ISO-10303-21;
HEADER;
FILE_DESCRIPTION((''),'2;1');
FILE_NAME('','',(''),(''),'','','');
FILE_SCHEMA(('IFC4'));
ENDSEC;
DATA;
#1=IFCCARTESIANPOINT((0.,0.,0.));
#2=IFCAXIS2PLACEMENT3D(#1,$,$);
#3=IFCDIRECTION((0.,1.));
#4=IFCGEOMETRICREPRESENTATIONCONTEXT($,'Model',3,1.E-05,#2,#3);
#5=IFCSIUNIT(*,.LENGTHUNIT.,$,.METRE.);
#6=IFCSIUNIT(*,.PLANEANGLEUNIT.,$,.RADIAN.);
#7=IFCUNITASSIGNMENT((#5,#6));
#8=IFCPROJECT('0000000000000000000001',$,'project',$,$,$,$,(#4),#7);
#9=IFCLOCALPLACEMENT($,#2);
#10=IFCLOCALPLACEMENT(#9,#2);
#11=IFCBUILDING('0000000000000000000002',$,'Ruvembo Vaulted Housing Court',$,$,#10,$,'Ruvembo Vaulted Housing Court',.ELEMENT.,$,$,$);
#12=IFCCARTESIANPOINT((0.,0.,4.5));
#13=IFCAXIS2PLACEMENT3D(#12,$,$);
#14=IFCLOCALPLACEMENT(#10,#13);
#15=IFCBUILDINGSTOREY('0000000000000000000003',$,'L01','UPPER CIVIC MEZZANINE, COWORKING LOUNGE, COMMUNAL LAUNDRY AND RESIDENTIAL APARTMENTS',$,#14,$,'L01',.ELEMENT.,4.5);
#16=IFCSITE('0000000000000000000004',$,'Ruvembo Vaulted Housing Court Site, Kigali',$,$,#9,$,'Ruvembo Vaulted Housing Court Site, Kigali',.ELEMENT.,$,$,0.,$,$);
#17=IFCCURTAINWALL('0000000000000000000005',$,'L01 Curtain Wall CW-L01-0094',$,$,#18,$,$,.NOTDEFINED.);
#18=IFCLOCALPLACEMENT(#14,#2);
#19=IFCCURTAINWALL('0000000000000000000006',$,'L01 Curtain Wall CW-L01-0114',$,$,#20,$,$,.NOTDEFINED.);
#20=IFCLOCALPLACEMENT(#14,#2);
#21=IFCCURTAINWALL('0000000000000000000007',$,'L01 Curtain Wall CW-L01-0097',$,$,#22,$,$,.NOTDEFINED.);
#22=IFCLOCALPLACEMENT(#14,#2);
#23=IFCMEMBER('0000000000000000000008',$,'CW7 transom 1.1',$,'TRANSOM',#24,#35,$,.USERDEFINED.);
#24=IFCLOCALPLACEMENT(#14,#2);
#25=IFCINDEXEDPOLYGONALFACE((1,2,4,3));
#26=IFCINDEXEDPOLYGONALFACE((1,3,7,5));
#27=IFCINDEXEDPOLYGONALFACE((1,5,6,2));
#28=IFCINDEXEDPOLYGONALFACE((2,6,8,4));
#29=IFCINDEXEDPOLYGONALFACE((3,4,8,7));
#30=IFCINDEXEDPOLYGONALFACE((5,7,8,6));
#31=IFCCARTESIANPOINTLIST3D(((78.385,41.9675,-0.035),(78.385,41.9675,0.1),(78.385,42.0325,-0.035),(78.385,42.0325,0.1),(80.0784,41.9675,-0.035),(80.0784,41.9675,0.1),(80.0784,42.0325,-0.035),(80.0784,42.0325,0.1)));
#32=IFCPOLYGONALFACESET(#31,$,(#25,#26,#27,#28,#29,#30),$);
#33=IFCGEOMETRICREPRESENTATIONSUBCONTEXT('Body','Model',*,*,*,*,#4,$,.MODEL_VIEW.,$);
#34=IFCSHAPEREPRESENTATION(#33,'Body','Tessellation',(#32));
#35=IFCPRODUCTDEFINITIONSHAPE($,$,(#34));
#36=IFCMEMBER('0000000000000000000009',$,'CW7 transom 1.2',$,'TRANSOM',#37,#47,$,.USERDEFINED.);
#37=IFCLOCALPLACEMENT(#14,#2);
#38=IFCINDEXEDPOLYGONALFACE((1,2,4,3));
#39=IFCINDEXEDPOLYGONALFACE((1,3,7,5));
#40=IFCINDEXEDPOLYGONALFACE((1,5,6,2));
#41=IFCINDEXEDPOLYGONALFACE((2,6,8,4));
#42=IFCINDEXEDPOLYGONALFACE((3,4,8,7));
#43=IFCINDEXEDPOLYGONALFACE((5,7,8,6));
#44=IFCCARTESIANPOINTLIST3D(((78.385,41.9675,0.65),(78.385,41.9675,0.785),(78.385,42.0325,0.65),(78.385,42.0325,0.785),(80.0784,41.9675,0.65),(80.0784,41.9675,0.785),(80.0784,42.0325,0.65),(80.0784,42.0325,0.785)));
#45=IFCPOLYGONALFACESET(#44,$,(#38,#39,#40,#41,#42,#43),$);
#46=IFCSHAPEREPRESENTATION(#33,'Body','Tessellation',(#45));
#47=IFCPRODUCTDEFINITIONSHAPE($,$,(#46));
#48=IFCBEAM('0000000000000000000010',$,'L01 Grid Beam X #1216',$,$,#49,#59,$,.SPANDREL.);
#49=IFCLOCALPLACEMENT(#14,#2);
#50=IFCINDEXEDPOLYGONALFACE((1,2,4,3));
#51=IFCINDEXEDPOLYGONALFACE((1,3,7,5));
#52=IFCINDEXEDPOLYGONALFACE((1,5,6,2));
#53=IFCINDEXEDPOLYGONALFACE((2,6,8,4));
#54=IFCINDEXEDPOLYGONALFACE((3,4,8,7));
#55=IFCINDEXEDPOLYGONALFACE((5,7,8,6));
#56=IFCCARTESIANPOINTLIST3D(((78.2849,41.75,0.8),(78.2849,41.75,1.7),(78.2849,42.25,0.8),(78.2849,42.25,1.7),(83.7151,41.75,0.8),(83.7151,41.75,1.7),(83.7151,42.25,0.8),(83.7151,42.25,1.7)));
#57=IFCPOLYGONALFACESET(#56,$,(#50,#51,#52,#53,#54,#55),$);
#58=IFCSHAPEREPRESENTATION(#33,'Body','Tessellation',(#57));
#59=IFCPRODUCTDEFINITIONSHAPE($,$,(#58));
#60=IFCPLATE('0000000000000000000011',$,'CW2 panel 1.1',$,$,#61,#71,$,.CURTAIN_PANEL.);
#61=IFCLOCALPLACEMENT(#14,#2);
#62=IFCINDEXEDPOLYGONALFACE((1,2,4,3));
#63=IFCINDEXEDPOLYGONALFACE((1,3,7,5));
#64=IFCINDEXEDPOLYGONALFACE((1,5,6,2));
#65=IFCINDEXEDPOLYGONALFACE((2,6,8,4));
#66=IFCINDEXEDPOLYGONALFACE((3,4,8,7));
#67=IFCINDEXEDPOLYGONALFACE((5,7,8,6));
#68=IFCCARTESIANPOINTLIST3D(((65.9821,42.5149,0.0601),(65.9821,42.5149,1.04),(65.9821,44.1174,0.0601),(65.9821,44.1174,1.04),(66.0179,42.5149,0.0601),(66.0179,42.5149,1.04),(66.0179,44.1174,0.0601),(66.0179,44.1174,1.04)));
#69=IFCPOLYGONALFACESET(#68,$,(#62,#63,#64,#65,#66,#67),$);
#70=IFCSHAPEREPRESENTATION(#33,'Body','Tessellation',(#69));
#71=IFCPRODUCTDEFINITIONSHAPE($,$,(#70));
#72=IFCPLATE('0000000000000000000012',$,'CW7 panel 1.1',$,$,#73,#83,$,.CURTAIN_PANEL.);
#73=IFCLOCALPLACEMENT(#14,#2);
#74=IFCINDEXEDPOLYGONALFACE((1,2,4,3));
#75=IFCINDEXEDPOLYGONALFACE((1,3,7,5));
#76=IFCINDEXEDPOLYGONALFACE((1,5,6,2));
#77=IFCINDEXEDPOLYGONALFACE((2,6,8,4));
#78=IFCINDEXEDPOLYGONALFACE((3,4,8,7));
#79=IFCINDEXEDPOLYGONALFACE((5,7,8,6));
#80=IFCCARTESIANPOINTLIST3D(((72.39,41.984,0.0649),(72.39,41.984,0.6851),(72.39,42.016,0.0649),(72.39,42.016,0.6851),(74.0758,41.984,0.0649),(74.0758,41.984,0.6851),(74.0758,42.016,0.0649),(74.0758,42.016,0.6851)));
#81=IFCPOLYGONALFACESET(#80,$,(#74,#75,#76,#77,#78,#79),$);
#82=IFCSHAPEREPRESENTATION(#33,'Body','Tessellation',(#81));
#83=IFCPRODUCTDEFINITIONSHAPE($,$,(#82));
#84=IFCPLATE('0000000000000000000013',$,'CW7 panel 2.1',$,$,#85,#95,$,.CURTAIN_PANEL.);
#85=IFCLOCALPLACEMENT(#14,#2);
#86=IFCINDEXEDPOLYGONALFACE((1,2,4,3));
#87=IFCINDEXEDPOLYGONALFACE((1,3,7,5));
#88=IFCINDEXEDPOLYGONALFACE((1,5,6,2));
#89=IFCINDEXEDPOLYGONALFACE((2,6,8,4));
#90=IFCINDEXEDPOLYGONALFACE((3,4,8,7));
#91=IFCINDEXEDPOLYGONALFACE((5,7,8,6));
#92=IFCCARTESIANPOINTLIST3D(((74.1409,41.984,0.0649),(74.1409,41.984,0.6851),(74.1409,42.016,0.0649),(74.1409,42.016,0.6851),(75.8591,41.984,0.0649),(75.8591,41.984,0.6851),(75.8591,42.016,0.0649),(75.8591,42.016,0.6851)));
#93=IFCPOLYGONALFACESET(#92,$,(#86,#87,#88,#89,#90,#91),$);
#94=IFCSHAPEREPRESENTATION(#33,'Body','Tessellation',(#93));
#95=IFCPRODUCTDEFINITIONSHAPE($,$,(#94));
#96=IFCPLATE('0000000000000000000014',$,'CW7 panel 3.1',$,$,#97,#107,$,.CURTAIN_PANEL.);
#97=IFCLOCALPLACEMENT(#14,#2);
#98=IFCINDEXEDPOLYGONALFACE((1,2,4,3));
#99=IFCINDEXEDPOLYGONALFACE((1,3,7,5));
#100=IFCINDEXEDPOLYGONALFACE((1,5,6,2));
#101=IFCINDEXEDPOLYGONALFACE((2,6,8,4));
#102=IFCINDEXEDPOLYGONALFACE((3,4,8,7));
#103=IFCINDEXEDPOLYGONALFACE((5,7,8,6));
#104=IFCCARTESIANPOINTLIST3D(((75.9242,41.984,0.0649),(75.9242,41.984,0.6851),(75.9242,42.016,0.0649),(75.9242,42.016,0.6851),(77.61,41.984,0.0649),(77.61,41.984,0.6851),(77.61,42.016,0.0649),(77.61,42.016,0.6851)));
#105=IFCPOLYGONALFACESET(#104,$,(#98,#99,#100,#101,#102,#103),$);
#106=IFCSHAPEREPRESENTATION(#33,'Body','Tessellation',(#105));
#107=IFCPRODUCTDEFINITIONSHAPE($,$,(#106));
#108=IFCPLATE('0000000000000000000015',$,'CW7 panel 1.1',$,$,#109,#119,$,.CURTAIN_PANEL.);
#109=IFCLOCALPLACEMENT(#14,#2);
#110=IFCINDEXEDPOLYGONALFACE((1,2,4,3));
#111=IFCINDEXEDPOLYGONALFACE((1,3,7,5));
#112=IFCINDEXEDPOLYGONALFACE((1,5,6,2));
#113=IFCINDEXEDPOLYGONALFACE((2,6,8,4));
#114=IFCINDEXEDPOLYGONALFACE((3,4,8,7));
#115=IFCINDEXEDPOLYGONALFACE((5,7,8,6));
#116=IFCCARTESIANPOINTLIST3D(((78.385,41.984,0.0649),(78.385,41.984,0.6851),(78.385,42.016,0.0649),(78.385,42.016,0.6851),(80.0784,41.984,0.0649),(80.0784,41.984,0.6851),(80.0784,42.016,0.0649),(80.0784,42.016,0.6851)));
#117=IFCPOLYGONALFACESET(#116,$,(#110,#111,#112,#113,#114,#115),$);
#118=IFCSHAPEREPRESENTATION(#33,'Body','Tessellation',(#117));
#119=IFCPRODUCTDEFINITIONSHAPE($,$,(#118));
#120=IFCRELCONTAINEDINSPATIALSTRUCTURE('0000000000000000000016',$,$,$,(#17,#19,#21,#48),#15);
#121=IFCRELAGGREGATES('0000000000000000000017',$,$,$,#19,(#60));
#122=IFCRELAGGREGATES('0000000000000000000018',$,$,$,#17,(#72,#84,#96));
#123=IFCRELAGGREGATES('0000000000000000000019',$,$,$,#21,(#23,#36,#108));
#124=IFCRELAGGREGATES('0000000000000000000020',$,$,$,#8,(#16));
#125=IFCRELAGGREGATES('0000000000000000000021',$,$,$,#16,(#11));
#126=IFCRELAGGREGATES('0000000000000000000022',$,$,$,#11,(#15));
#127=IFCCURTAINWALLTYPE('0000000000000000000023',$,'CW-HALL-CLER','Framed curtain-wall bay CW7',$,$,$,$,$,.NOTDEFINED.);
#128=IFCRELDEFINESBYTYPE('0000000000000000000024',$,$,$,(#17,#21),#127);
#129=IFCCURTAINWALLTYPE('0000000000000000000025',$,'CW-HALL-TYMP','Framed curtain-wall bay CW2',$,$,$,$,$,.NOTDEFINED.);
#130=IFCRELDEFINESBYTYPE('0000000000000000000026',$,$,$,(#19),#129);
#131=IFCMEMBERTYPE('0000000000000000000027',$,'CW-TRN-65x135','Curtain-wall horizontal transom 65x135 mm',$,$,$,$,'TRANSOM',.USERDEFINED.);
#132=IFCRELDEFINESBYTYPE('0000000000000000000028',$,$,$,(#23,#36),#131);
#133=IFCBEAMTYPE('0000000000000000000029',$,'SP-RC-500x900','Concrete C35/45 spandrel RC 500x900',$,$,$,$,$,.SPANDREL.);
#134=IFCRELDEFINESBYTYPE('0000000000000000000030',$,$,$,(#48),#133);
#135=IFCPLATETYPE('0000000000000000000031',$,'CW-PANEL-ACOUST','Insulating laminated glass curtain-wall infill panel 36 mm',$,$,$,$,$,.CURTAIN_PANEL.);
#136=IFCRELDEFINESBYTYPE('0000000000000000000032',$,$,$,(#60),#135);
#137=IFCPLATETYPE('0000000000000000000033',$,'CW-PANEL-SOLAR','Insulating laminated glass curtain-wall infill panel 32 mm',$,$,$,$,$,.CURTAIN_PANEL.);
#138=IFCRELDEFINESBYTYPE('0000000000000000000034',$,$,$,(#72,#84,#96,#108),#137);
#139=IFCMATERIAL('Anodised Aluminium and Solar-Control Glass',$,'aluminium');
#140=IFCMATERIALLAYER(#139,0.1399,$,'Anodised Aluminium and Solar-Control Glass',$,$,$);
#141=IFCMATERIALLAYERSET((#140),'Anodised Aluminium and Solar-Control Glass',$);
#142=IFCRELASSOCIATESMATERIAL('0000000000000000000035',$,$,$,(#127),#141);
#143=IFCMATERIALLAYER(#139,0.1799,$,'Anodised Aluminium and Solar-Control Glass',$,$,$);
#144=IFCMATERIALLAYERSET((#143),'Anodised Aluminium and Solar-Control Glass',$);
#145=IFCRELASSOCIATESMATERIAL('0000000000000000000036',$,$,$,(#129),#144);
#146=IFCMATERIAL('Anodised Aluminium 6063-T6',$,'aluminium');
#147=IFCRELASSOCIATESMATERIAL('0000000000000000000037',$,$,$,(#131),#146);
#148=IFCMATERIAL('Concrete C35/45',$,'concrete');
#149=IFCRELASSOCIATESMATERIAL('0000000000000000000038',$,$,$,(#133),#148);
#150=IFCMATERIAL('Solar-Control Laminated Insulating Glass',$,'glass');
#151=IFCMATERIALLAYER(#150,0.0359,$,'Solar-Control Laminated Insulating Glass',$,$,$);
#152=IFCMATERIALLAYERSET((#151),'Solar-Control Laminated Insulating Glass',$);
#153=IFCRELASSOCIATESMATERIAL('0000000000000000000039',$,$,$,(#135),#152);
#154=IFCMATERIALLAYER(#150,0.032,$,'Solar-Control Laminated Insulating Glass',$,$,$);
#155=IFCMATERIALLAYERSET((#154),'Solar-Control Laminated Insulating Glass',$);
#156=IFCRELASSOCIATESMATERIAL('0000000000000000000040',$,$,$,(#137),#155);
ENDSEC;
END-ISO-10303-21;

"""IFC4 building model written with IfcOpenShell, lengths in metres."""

from ifc_helpers import new_model, si_unit, direction, frame, origin, origin_2d, place, context, subcontext, project, spatial, rectangle, extrude, material, layer, layer_set, material_profile, profile_set, type_object, element, aggregate, save


model = new_model("IFC4")

# Units and contexts
model_context = context("Model", 3, precision=1e-05, world=origin(), true_north=direction((0.0, 1.0)))
body_context = subcontext(model_context, "Body", "Model", "MODEL_VIEW")
ifc_project = project(units=[si_unit("LENGTHUNIT", "METRE"), si_unit("PLANEANGLEUNIT", "RADIAN")], contexts=[model_context])

# Site, building, storey
site_placement = place(None, origin())
site = spatial("IfcSite", under=ifc_project, at=site_placement, Name="Ruvembo Vaulted Housing Court Site, Kigali", LongName="Ruvembo Vaulted Housing Court Site, Kigali", CompositionType="ELEMENT", RefElevation=0.0)
building_placement = place(site_placement, origin())
building = spatial("IfcBuilding", under=site, at=building_placement, Name="Ruvembo Vaulted Housing Court", LongName="Ruvembo Vaulted Housing Court", CompositionType="ELEMENT")
storey_placement = place(building_placement, frame((0.0, 0.0, 4.5)))
storey = spatial("IfcBuildingStorey", under=building, at=storey_placement, Name="L01", Description="UPPER CIVIC MEZZANINE, COWORKING LOUNGE, COMMUNAL LAUNDRY AND RESIDENTIAL APARTMENTS", LongName="L01", CompositionType="ELEMENT", Elevation=4.5)

# Shared definitions
ifc_material_1 = material(Name="Concrete C35/45", Category="concrete")

# Curtain wall
ifc_material_2 = material(Name="Anodised Aluminium and Solar-Control Glass", Category="aluminium")
ifc_layer_1 = layer(ifc_material_2, 0.1399, Name="Anodised Aluminium and Solar-Control Glass")
ifc_layer_set_1 = layer_set([ifc_layer_1], Name="Anodised Aluminium and Solar-Control Glass")
curtain_wall_type_1 = type_object("IfcCurtainWallType", Name="CW-HALL-CLER", Description="Framed curtain-wall bay CW7", PredefinedType="NOTDEFINED", material=ifc_layer_set_1)
curtain_wall_1_placement = place(storey_placement, origin())
curtain_wall_1 = element("IfcCurtainWall", 1, at=curtain_wall_1_placement, inside=storey, type_object=curtain_wall_type_1, Name="L01 Curtain Wall CW-L01-0094", PredefinedType="NOTDEFINED")
ifc_material_3 = material(Name="Anodised Aluminium 6063-T6", Category="aluminium")

# Curtain wall
ifc_layer_2 = layer(ifc_material_2, 0.1799, Name="Anodised Aluminium and Solar-Control Glass")
ifc_layer_set_2 = layer_set([ifc_layer_2], Name="Anodised Aluminium and Solar-Control Glass")
curtain_wall_type_2 = type_object("IfcCurtainWallType", Name="CW-HALL-TYMP", Description="Framed curtain-wall bay CW2", PredefinedType="NOTDEFINED", material=ifc_layer_set_2)
curtain_wall_2_placement = place(storey_placement, origin())
curtain_wall_2 = element("IfcCurtainWall", 2, at=curtain_wall_2_placement, inside=storey, type_object=curtain_wall_type_2, Name="L01 Curtain Wall CW-L01-0114", PredefinedType="NOTDEFINED")

# Curtain wall
curtain_wall_3_placement = place(storey_placement, origin())
curtain_wall_3 = element("IfcCurtainWall", 3, at=curtain_wall_3_placement, inside=storey, type_object=curtain_wall_type_1, Name="L01 Curtain Wall CW-L01-0097", PredefinedType="NOTDEFINED")

# Members
ifc_material_profile_1 = material_profile(ifc_material_3, rectangle(XDim=0.0649, YDim=0.135, at=origin_2d()), Name="ALU 65x135")
ifc_profile_set_1 = profile_set([ifc_material_profile_1], Name="Anodised Aluminium 6063-T6")
member_type_1 = type_object("IfcMemberType", Name="CW-TRN-65x135", Description="Curtain-wall horizontal transom 65x135 mm", ElementType="TRANSOM", PredefinedType="USERDEFINED", material=ifc_profile_set_1)
member_1_placement = place(storey_placement, frame((78.385, 42.0, 0.0325), z_axis=(1.0, 0.0, 0.0), x_axis=(0.0, 1.0, 0.0)))
member_1 = element("IfcMember", 4, at=member_1_placement, type_object=member_type_1, Name="CW7 transom 1.1", ObjectType="TRANSOM", PredefinedType="USERDEFINED", context=body_context, shape_type="SweptSolid", body=[
    extrude(rectangle(XDim=0.0649, YDim=0.135, at=origin_2d()), origin(), (0.0, 0.0, 1.0), 1.6934),
])
member_2_placement = place(storey_placement, frame((78.385, 42.0, 0.7175), z_axis=(1.0, 0.0, 0.0), x_axis=(0.0, 1.0, 0.0)))
member_2 = element("IfcMember", 5, at=member_2_placement, type_object=member_type_1, Name="CW7 transom 1.2", ObjectType="TRANSOM", PredefinedType="USERDEFINED", context=body_context, shape_type="SweptSolid", body=[
    extrude(rectangle(XDim=0.0649, YDim=0.135, at=origin_2d()), origin(), (0.0, 0.0, 1.0), 1.6934),
])

# Beam
ifc_material_profile_2 = material_profile(ifc_material_1, rectangle(XDim=0.5, YDim=0.8999, at=origin_2d()), Name="RC 500x900")
ifc_profile_set_2 = profile_set([ifc_material_profile_2], Name="Concrete C35/45")
beam_type_1 = type_object("IfcBeamType", Name="SP-RC-500x900", Description="Concrete C35/45 spandrel RC 500x900", PredefinedType="SPANDREL", material=ifc_profile_set_2)
beam_1_placement = place(storey_placement, frame((78.2849, 42.0, 1.25), z_axis=(1.0, 0.0, 0.0), x_axis=(0.0, 1.0, 0.0)))
element("IfcBeam", 6, at=beam_1_placement, inside=storey, type_object=beam_type_1, Name="L01 Grid Beam X #1216", PredefinedType="SPANDREL", context=body_context, shape_type="SweptSolid", body=[
    extrude(rectangle(XDim=0.5, YDim=0.8999, at=origin_2d()), origin(), (0.0, 0.0, 1.0), 5.4302),
])

# Plates
ifc_material_4 = material(Name="Solar-Control Laminated Insulating Glass", Category="glass")
ifc_layer_3 = layer(ifc_material_4, 0.0359, Name="Solar-Control Laminated Insulating Glass")
ifc_layer_set_3 = layer_set([ifc_layer_3], Name="Solar-Control Laminated Insulating Glass")
plate_type_1 = type_object("IfcPlateType", Name="CW-PANEL-ACOUST", Description="Insulating laminated glass curtain-wall infill panel 36 mm", PredefinedType="CURTAIN_PANEL", material=ifc_layer_set_3)
plate_1_placement = place(storey_placement, frame((66.0, 43.3162, 0.0601), z_axis=(0.0, 0.0, 1.0), x_axis=(0.0, 1.0, 0.0)))
plate_1 = element("IfcPlate", 7, at=plate_1_placement, type_object=plate_type_1, Name="CW2 panel 1.1", PredefinedType="CURTAIN_PANEL", context=body_context, shape_type="SweptSolid", body=[
    extrude(rectangle(XDim=1.6025, YDim=0.0359, at=origin_2d()), origin(), (0.0, 0.0, 1.0), 0.98),
])
aggregate(curtain_wall_2, [plate_1])
ifc_layer_4 = layer(ifc_material_4, 0.032, Name="Solar-Control Laminated Insulating Glass")
ifc_layer_set_4 = layer_set([ifc_layer_4], Name="Solar-Control Laminated Insulating Glass")
plate_type_2 = type_object("IfcPlateType", Name="CW-PANEL-SOLAR", Description="Insulating laminated glass curtain-wall infill panel 32 mm", PredefinedType="CURTAIN_PANEL", material=ifc_layer_set_4)
plate_2_placement = place(storey_placement, frame((73.2329, 42.0, 0.0649), z_axis=(0.0, 0.0, 1.0), x_axis=(1.0, 0.0, 0.0)))
plate_2 = element("IfcPlate", 8, at=plate_2_placement, type_object=plate_type_2, Name="CW7 panel 1.1", PredefinedType="CURTAIN_PANEL", context=body_context, shape_type="SweptSolid", body=[
    extrude(rectangle(XDim=1.6858, YDim=0.032, at=origin_2d()), origin(), (0.0, 0.0, 1.0), 0.6201),
])
plate_3_placement = place(storey_placement, frame((75.0, 42.0, 0.0649), z_axis=(0.0, 0.0, 1.0), x_axis=(1.0, 0.0, 0.0)))
plate_3 = element("IfcPlate", 9, at=plate_3_placement, type_object=plate_type_2, Name="CW7 panel 2.1", PredefinedType="CURTAIN_PANEL", context=body_context, shape_type="SweptSolid", body=[
    extrude(rectangle(XDim=1.7183, YDim=0.032, at=origin_2d()), origin(), (0.0, 0.0, 1.0), 0.6201),
])
plate_4_placement = place(storey_placement, frame((76.7671, 42.0, 0.0649), z_axis=(0.0, 0.0, 1.0), x_axis=(1.0, 0.0, 0.0)))
plate_4 = element("IfcPlate", 10, at=plate_4_placement, type_object=plate_type_2, Name="CW7 panel 3.1", PredefinedType="CURTAIN_PANEL", context=body_context, shape_type="SweptSolid", body=[
    extrude(rectangle(XDim=1.6858, YDim=0.032, at=origin_2d()), origin(), (0.0, 0.0, 1.0), 0.6201),
])
aggregate(curtain_wall_1, [plate_2, plate_3, plate_4])
plate_5_placement = place(storey_placement, frame((79.2317, 42.0, 0.0649), z_axis=(0.0, 0.0, 1.0), x_axis=(1.0, 0.0, 0.0)))
plate_5 = element("IfcPlate", 11, at=plate_5_placement, type_object=plate_type_2, Name="CW7 panel 1.1", PredefinedType="CURTAIN_PANEL", context=body_context, shape_type="SweptSolid", body=[
    extrude(rectangle(XDim=1.6934, YDim=0.032, at=origin_2d()), origin(), (0.0, 0.0, 1.0), 0.6201),
])
aggregate(curtain_wall_3, [member_1, member_2, plate_5])

save(model, "model.ifc")
